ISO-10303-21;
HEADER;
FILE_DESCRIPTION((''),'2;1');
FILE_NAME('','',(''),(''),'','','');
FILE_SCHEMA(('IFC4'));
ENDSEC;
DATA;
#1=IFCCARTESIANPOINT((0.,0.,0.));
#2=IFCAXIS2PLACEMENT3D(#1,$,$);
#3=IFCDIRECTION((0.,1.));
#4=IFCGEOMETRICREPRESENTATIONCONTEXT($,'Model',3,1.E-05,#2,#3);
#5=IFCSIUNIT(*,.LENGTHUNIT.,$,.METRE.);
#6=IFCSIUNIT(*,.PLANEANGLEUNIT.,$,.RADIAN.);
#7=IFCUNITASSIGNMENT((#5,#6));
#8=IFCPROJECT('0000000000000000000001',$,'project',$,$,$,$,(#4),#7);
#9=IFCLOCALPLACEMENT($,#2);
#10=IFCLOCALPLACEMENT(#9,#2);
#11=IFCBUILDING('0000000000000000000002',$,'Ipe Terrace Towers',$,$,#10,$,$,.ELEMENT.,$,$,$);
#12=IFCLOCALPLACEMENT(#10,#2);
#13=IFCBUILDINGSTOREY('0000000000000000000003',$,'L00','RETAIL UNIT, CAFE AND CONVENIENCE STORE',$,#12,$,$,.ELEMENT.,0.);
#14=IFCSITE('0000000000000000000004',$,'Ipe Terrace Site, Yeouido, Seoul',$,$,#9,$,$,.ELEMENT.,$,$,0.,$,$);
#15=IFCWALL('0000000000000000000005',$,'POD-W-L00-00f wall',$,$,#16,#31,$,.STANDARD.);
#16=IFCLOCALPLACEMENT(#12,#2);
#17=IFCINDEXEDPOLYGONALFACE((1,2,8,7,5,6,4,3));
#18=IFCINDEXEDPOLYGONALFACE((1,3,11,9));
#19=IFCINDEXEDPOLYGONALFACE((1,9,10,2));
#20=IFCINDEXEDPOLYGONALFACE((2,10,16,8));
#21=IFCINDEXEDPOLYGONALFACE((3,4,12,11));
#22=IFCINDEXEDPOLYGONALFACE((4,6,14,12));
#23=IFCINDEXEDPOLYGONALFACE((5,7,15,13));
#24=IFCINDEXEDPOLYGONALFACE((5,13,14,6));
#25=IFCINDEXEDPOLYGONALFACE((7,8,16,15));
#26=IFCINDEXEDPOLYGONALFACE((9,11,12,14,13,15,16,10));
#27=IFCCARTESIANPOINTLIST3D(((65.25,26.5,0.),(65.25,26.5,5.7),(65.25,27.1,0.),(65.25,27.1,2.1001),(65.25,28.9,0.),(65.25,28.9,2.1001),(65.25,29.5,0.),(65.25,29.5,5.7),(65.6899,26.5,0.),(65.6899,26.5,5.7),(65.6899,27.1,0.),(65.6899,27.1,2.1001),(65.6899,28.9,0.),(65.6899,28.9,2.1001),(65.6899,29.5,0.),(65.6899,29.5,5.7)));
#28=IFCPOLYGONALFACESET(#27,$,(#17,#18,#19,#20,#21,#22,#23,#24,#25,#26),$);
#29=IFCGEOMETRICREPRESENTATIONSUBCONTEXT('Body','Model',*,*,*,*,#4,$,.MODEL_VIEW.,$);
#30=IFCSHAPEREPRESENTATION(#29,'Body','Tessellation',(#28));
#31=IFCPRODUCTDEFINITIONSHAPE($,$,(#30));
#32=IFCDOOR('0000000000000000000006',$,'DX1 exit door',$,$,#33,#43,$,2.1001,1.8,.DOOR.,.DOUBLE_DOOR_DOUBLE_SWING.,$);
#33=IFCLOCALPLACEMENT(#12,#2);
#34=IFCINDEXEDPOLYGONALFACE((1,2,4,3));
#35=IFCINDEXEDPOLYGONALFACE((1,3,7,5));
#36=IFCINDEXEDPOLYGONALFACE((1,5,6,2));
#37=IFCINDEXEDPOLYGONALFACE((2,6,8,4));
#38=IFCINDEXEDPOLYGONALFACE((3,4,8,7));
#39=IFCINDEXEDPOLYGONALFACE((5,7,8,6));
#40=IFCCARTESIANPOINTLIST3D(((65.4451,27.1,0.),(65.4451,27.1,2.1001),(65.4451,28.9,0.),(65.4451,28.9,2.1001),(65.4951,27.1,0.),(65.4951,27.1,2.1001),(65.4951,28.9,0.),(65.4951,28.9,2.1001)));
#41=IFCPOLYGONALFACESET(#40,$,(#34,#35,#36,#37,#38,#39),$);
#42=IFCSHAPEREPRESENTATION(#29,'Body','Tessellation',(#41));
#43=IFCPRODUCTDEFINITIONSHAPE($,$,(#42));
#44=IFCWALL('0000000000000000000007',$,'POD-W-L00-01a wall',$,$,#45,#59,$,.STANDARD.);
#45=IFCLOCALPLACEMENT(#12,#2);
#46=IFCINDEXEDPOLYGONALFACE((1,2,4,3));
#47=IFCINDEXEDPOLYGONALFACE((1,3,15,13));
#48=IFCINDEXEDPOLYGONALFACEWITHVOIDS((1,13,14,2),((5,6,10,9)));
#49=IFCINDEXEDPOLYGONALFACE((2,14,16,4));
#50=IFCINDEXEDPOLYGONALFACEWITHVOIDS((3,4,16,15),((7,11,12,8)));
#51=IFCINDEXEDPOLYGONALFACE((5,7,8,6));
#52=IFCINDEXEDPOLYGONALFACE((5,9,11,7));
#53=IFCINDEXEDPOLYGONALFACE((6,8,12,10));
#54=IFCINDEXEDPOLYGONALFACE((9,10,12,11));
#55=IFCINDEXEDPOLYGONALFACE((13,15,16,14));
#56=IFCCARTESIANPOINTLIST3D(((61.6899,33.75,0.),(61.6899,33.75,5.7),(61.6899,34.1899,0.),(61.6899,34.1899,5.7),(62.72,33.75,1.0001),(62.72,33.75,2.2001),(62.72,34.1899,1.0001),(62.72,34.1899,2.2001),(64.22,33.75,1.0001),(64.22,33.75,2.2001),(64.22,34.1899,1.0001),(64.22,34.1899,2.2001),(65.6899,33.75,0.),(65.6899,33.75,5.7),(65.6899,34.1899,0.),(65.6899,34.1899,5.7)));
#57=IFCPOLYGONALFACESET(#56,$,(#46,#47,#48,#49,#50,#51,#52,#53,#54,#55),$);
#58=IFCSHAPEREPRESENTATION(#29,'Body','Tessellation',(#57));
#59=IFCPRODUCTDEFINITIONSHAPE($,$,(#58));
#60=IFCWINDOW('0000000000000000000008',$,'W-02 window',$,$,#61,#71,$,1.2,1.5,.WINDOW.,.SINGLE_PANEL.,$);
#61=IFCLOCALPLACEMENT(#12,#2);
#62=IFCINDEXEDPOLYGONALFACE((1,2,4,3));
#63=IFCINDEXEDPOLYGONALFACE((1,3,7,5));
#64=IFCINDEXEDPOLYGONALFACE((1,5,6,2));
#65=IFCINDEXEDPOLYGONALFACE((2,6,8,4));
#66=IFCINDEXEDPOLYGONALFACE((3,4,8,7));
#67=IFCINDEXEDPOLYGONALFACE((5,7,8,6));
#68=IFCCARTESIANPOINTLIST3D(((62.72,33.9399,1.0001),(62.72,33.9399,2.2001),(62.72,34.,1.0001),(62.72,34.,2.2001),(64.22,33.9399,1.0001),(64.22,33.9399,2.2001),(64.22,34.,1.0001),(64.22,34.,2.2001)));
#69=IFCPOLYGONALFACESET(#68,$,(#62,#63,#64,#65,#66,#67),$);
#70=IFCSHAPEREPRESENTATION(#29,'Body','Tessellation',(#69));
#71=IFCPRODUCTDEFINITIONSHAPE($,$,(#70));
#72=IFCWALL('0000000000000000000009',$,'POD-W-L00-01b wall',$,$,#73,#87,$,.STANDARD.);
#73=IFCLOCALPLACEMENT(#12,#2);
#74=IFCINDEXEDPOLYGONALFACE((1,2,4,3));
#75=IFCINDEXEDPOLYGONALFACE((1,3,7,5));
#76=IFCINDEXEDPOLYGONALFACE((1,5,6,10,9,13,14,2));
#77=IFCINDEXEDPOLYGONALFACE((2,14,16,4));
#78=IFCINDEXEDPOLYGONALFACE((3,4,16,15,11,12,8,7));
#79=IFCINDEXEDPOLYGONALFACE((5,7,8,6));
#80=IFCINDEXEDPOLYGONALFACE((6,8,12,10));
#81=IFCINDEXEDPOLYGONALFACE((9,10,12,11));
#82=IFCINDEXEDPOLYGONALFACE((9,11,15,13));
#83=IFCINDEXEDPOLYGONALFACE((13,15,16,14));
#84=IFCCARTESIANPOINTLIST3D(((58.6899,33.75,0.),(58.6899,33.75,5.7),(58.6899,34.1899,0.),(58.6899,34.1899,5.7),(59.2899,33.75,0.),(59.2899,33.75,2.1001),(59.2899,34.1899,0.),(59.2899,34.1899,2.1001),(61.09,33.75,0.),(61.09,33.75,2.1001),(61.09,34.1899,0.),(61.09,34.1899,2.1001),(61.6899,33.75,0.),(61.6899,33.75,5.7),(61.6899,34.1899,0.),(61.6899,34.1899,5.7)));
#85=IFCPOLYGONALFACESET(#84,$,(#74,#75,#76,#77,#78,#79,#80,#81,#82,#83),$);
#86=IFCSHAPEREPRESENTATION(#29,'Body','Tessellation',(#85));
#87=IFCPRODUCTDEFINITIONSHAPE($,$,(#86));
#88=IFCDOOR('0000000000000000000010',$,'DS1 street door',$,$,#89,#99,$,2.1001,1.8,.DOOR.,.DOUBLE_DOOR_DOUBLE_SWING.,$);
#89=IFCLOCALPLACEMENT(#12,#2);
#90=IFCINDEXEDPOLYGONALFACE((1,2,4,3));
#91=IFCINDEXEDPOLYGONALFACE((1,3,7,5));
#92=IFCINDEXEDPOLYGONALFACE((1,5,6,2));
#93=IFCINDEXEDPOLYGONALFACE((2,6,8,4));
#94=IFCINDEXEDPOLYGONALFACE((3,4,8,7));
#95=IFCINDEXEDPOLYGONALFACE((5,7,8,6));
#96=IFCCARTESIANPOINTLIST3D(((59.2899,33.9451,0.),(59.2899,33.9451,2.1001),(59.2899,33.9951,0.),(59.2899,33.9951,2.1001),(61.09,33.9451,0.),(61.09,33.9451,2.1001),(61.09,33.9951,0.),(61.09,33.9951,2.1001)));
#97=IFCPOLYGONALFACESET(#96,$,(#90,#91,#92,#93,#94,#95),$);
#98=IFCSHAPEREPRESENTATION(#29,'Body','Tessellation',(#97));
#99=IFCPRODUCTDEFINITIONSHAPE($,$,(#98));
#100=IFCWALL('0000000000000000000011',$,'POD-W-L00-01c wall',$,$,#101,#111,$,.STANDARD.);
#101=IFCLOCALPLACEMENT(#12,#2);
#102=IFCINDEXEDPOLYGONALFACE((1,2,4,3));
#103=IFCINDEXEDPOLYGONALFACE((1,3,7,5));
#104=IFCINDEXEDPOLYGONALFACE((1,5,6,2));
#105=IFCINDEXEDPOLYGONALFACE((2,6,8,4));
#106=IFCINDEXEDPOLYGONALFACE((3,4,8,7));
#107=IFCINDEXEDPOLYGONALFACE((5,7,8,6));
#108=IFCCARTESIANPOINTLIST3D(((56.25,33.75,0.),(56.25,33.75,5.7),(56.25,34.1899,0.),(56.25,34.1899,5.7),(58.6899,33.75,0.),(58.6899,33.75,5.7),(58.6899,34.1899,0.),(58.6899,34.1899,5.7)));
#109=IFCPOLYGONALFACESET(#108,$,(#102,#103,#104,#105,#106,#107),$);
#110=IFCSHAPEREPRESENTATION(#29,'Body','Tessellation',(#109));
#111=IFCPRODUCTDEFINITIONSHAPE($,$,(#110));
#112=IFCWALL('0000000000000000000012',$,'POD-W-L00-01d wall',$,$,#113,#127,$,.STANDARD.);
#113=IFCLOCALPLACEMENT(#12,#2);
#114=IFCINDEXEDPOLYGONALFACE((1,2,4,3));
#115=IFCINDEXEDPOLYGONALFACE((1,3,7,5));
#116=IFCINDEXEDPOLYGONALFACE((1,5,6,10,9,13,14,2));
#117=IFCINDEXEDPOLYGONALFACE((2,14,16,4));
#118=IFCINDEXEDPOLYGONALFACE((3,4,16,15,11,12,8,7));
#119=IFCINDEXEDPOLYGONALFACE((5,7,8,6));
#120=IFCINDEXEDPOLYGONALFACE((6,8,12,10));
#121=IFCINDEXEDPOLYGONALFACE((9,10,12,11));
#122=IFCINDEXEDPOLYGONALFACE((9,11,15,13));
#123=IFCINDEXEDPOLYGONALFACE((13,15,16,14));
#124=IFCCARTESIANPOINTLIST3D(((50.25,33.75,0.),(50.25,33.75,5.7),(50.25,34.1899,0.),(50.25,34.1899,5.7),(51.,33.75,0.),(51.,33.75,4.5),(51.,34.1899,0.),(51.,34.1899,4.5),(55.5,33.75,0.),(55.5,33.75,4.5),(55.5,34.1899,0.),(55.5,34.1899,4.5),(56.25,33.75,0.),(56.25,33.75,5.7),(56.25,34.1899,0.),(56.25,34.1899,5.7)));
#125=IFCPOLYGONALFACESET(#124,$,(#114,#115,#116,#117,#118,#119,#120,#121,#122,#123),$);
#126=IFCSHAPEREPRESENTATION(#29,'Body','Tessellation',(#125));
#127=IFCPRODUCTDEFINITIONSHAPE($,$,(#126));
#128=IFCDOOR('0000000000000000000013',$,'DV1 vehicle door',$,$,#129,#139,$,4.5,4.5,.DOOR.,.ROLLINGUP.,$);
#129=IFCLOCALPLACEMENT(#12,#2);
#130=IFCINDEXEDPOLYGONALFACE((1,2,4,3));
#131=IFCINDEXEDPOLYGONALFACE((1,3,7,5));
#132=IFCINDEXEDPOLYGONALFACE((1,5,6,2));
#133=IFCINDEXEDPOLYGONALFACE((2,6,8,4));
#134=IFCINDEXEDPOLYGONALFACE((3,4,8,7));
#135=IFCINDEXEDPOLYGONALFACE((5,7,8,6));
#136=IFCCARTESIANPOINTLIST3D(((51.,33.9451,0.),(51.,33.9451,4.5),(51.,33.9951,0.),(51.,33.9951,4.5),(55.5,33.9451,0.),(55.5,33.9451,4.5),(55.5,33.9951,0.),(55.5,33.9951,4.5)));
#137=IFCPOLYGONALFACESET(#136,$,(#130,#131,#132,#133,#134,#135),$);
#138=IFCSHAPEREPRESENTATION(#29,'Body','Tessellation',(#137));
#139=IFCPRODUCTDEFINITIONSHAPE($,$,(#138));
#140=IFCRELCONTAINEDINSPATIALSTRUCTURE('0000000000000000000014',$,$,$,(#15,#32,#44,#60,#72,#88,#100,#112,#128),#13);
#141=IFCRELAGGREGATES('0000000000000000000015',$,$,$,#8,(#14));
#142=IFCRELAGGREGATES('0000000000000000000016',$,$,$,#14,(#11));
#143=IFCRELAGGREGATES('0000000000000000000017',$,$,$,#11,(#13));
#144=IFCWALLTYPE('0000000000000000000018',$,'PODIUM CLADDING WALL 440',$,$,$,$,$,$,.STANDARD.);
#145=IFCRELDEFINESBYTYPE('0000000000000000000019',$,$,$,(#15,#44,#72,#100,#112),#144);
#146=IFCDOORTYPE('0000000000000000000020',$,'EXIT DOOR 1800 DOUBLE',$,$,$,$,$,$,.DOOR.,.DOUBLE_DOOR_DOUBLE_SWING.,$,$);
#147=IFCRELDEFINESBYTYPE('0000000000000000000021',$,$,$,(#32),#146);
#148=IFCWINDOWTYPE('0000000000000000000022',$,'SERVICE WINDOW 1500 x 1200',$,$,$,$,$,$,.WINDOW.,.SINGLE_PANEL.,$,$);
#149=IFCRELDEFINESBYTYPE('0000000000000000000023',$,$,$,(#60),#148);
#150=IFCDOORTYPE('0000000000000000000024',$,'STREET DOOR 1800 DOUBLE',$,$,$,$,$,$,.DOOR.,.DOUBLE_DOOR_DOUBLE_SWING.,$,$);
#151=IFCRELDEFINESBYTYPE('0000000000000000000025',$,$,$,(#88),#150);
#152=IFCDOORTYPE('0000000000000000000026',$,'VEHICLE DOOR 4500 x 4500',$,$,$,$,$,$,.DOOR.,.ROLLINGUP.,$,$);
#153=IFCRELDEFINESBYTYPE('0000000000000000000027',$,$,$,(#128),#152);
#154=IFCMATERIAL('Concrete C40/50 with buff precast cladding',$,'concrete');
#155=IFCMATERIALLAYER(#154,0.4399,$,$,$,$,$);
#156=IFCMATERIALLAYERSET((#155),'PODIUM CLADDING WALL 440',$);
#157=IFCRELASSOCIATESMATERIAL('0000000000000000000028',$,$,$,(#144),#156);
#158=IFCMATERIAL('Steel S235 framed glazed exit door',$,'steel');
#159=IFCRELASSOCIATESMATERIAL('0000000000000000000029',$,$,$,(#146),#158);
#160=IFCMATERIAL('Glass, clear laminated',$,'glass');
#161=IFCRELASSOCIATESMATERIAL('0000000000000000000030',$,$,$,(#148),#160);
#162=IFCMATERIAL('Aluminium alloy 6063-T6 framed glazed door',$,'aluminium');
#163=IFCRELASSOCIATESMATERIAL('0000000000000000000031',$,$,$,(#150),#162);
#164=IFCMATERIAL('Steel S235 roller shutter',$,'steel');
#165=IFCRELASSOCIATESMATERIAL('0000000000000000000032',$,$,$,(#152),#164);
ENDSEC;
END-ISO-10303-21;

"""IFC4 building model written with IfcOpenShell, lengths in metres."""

from ifc_helpers import new_model, si_unit, direction, frame, frame_2d, origin, place, context, subcontext, project, spatial, rectangle, extrude, material, layer, layer_set, type_object, element, fill, save


model = new_model("IFC4")

# Units and contexts
model_context = context("Model", 3, precision=1e-05, world=origin(), true_north=direction((0.0, 1.0)))
body_context = subcontext(model_context, "Body", "Model", "MODEL_VIEW")
ifc_project = project(units=[si_unit("LENGTHUNIT", "METRE"), si_unit("PLANEANGLEUNIT", "RADIAN")], contexts=[model_context])

# Site, building, storey
site_placement = place(None, origin())
site = spatial("IfcSite", under=ifc_project, at=site_placement, Name="Ipe Terrace Site, Yeouido, Seoul", CompositionType="ELEMENT", RefElevation=0.0)
building_placement = place(site_placement, origin())
building = spatial("IfcBuilding", under=site, at=building_placement, Name="Ipe Terrace Towers", CompositionType="ELEMENT")
storey_placement = place(building_placement, origin())
storey = spatial("IfcBuildingStorey", under=building, at=storey_placement, Name="L00", Description="RETAIL UNIT, CAFE AND CONVENIENCE STORE", CompositionType="ELEMENT", Elevation=0.0)

# Wall, opening, door
ifc_material_1 = material(Name="Concrete C40/50 with buff precast cladding", Category="concrete")
ifc_layer_1 = layer(ifc_material_1, 0.4399)
ifc_layer_set_1 = layer_set([ifc_layer_1], Name="PODIUM CLADDING WALL 440")
wall_type_1 = type_object("IfcWallType", Name="PODIUM CLADDING WALL 440", PredefinedType="STANDARD", material=ifc_layer_set_1)
wall_1_placement = place(storey_placement, frame((65.47, 26.5, 0.0), z_axis=(0.0, 0.0, 1.0), x_axis=(0.0, 1.0, 0.0)))
wall_1 = element("IfcWall", 1, at=wall_1_placement, inside=storey, type_object=wall_type_1, Name="POD-W-L00-00f wall", PredefinedType="STANDARD", context=body_context, shape_type="SweptSolid", body=[
    extrude(rectangle(XDim=3.0, YDim=0.4399, at=frame_2d((1.5, 0.0))), origin(), (0.0, 0.0, 1.0), 5.7),
])
opening_1_placement = place(wall_1_placement, frame((0.6001, 0.0, 0.0)))
opening_1 = element("IfcOpeningElement", 2, at=opening_1_placement, cuts=wall_1, PredefinedType="OPENING", context=body_context, shape_type="SweptSolid", body=[
    extrude(rectangle(XDim=1.8, YDim=2.1001, at=frame_2d((0.8999, 1.05))), frame((0.0, 0.23, 0.0), z_axis=(0.0, -1.0, 0.0), x_axis=(1.0, 0.0, 0.0)), (0.0, 0.0, 1.0), 0.46),
])
ifc_material_2 = material(Name="Steel S235 framed glazed exit door", Category="steel")
door_type_1 = type_object("IfcDoorType", Name="EXIT DOOR 1800 DOUBLE", OperationType="DOUBLE_DOOR_DOUBLE_SWING", PredefinedType="DOOR", material=ifc_material_2)
door_1_placement = place(opening_1_placement, origin())
door_1 = element("IfcDoor", 3, at=door_1_placement, inside=storey, type_object=door_type_1, Name="DX1 exit door", OperationType="DOUBLE_DOOR_DOUBLE_SWING", OverallHeight=2.1001, OverallWidth=1.8, PredefinedType="DOOR", context=body_context, shape_type="SweptSolid", body=[
    extrude(rectangle(XDim=1.8, YDim=2.1001, at=frame_2d((0.8999, 1.05))), frame((0.0, 0.0249, 0.0), z_axis=(0.0, -1.0, 0.0), x_axis=(1.0, 0.0, 0.0)), (0.0, 0.0, 1.0), 0.05),
])
fill(opening_1, door_1)

# Wall, opening, window
wall_2_placement = place(storey_placement, frame((65.6899, 33.97, 0.0), z_axis=(0.0, 0.0, 1.0), x_axis=(-1.0, 0.0, 0.0)))
wall_2 = element("IfcWall", 4, at=wall_2_placement, inside=storey, type_object=wall_type_1, Name="POD-W-L00-01a wall", PredefinedType="STANDARD", context=body_context, shape_type="SweptSolid", body=[
    extrude(rectangle(XDim=4.0, YDim=0.4399, at=frame_2d((2.0, 0.0))), origin(), (0.0, 0.0, 1.0), 5.7),
])
opening_2_placement = place(wall_2_placement, frame((1.47, 0.0, 1.0)))
opening_2 = element("IfcOpeningElement", 5, at=opening_2_placement, cuts=wall_2, PredefinedType="OPENING", context=body_context, shape_type="SweptSolid", body=[
    extrude(rectangle(XDim=1.5, YDim=1.2, at=frame_2d((0.75, 0.6001))), frame((0.0, 0.23, 0.0), z_axis=(0.0, -1.0, 0.0), x_axis=(1.0, 0.0, 0.0)), (0.0, 0.0, 1.0), 0.46),
])
ifc_material_3 = material(Name="Glass, clear laminated", Category="glass")
window_type = type_object("IfcWindowType", Name="SERVICE WINDOW 1500 x 1200", PartitioningType="SINGLE_PANEL", PredefinedType="WINDOW", material=ifc_material_3)
window_placement = place(opening_2_placement, origin())
window = element("IfcWindow", 6, at=window_placement, inside=storey, type_object=window_type, Name="W-02 window", OverallHeight=1.2, OverallWidth=1.5, PartitioningType="SINGLE_PANEL", PredefinedType="WINDOW", context=body_context, shape_type="SweptSolid", body=[
    extrude(rectangle(XDim=1.5, YDim=1.2, at=frame_2d((0.75, 0.6001))), frame((0.0, 0.03, 0.0), z_axis=(0.0, -1.0, 0.0), x_axis=(1.0, 0.0, 0.0)), (0.0, 0.0, 1.0), 0.0601),
])
fill(opening_2, window)

# Wall, opening, door
wall_3_placement = place(storey_placement, frame((61.6899, 33.97, 0.0), z_axis=(0.0, 0.0, 1.0), x_axis=(-1.0, 0.0, 0.0)))
wall_3 = element("IfcWall", 7, at=wall_3_placement, inside=storey, type_object=wall_type_1, Name="POD-W-L00-01b wall", PredefinedType="STANDARD", context=body_context, shape_type="SweptSolid", body=[
    extrude(rectangle(XDim=3.0, YDim=0.4399, at=frame_2d((1.5, 0.0))), origin(), (0.0, 0.0, 1.0), 5.7),
])
opening_3_placement = place(wall_3_placement, frame((0.6001, 0.0, 0.0)))
opening_3 = element("IfcOpeningElement", 8, at=opening_3_placement, cuts=wall_3, PredefinedType="OPENING", context=body_context, shape_type="SweptSolid", body=[
    extrude(rectangle(XDim=1.8, YDim=2.1001, at=frame_2d((0.8999, 1.05))), frame((0.0, 0.23, 0.0), z_axis=(0.0, -1.0, 0.0), x_axis=(1.0, 0.0, 0.0)), (0.0, 0.0, 1.0), 0.46),
])
ifc_material_4 = material(Name="Aluminium alloy 6063-T6 framed glazed door", Category="aluminium")
door_type_2 = type_object("IfcDoorType", Name="STREET DOOR 1800 DOUBLE", OperationType="DOUBLE_DOOR_DOUBLE_SWING", PredefinedType="DOOR", material=ifc_material_4)
door_2_placement = place(opening_3_placement, origin())
door_2 = element("IfcDoor", 9, at=door_2_placement, inside=storey, type_object=door_type_2, Name="DS1 street door", OperationType="DOUBLE_DOOR_DOUBLE_SWING", OverallHeight=2.1001, OverallWidth=1.8, PredefinedType="DOOR", context=body_context, shape_type="SweptSolid", body=[
    extrude(rectangle(XDim=1.8, YDim=2.1001, at=frame_2d((0.8999, 1.05))), frame((0.0, 0.0249, 0.0), z_axis=(0.0, -1.0, 0.0), x_axis=(1.0, 0.0, 0.0)), (0.0, 0.0, 1.0), 0.05),
])
fill(opening_3, door_2)

# Wall
wall_4_placement = place(storey_placement, frame((58.6899, 33.97, 0.0), z_axis=(0.0, 0.0, 1.0), x_axis=(-1.0, 0.0, 0.0)))
element("IfcWall", 10, at=wall_4_placement, inside=storey, type_object=wall_type_1, Name="POD-W-L00-01c wall", PredefinedType="STANDARD", context=body_context, shape_type="SweptSolid", body=[
    extrude(rectangle(XDim=2.4399, YDim=0.4399, at=frame_2d((1.22, 0.0))), origin(), (0.0, 0.0, 1.0), 5.7),
])

# Wall, opening, door
wall_5_placement = place(storey_placement, frame((56.25, 33.97, 0.0), z_axis=(0.0, 0.0, 1.0), x_axis=(-1.0, 0.0, 0.0)))
wall_5 = element("IfcWall", 11, at=wall_5_placement, inside=storey, type_object=wall_type_1, Name="POD-W-L00-01d wall", PredefinedType="STANDARD", context=body_context, shape_type="SweptSolid", body=[
    extrude(rectangle(XDim=6.0, YDim=0.4399, at=frame_2d((3.0, 0.0))), origin(), (0.0, 0.0, 1.0), 5.7),
])
opening_4_placement = place(wall_5_placement, frame((0.75, 0.0, 0.0)))
opening_4 = element("IfcOpeningElement", 12, at=opening_4_placement, cuts=wall_5, PredefinedType="OPENING", context=body_context, shape_type="SweptSolid", body=[
    extrude(rectangle(XDim=4.5, YDim=4.5, at=frame_2d((2.25, 2.25))), frame((0.0, 0.23, 0.0), z_axis=(0.0, -1.0, 0.0), x_axis=(1.0, 0.0, 0.0)), (0.0, 0.0, 1.0), 0.46),
])
ifc_material_5 = material(Name="Steel S235 roller shutter", Category="steel")
door_type_3 = type_object("IfcDoorType", Name="VEHICLE DOOR 4500 x 4500", OperationType="ROLLINGUP", PredefinedType="DOOR", material=ifc_material_5)
door_3_placement = place(opening_4_placement, origin())
door_3 = element("IfcDoor", 13, at=door_3_placement, inside=storey, type_object=door_type_3, Name="DV1 vehicle door", OperationType="ROLLINGUP", OverallHeight=4.5, OverallWidth=4.5, PredefinedType="DOOR", context=body_context, shape_type="SweptSolid", body=[
    extrude(rectangle(XDim=4.5, YDim=4.5, at=frame_2d((2.25, 2.25))), frame((0.0, 0.0249, 0.0), z_axis=(0.0, -1.0, 0.0), x_axis=(1.0, 0.0, 0.0)), (0.0, 0.0, 1.0), 0.05),
])
fill(opening_4, door_3)

save(model, "model.ifc")
